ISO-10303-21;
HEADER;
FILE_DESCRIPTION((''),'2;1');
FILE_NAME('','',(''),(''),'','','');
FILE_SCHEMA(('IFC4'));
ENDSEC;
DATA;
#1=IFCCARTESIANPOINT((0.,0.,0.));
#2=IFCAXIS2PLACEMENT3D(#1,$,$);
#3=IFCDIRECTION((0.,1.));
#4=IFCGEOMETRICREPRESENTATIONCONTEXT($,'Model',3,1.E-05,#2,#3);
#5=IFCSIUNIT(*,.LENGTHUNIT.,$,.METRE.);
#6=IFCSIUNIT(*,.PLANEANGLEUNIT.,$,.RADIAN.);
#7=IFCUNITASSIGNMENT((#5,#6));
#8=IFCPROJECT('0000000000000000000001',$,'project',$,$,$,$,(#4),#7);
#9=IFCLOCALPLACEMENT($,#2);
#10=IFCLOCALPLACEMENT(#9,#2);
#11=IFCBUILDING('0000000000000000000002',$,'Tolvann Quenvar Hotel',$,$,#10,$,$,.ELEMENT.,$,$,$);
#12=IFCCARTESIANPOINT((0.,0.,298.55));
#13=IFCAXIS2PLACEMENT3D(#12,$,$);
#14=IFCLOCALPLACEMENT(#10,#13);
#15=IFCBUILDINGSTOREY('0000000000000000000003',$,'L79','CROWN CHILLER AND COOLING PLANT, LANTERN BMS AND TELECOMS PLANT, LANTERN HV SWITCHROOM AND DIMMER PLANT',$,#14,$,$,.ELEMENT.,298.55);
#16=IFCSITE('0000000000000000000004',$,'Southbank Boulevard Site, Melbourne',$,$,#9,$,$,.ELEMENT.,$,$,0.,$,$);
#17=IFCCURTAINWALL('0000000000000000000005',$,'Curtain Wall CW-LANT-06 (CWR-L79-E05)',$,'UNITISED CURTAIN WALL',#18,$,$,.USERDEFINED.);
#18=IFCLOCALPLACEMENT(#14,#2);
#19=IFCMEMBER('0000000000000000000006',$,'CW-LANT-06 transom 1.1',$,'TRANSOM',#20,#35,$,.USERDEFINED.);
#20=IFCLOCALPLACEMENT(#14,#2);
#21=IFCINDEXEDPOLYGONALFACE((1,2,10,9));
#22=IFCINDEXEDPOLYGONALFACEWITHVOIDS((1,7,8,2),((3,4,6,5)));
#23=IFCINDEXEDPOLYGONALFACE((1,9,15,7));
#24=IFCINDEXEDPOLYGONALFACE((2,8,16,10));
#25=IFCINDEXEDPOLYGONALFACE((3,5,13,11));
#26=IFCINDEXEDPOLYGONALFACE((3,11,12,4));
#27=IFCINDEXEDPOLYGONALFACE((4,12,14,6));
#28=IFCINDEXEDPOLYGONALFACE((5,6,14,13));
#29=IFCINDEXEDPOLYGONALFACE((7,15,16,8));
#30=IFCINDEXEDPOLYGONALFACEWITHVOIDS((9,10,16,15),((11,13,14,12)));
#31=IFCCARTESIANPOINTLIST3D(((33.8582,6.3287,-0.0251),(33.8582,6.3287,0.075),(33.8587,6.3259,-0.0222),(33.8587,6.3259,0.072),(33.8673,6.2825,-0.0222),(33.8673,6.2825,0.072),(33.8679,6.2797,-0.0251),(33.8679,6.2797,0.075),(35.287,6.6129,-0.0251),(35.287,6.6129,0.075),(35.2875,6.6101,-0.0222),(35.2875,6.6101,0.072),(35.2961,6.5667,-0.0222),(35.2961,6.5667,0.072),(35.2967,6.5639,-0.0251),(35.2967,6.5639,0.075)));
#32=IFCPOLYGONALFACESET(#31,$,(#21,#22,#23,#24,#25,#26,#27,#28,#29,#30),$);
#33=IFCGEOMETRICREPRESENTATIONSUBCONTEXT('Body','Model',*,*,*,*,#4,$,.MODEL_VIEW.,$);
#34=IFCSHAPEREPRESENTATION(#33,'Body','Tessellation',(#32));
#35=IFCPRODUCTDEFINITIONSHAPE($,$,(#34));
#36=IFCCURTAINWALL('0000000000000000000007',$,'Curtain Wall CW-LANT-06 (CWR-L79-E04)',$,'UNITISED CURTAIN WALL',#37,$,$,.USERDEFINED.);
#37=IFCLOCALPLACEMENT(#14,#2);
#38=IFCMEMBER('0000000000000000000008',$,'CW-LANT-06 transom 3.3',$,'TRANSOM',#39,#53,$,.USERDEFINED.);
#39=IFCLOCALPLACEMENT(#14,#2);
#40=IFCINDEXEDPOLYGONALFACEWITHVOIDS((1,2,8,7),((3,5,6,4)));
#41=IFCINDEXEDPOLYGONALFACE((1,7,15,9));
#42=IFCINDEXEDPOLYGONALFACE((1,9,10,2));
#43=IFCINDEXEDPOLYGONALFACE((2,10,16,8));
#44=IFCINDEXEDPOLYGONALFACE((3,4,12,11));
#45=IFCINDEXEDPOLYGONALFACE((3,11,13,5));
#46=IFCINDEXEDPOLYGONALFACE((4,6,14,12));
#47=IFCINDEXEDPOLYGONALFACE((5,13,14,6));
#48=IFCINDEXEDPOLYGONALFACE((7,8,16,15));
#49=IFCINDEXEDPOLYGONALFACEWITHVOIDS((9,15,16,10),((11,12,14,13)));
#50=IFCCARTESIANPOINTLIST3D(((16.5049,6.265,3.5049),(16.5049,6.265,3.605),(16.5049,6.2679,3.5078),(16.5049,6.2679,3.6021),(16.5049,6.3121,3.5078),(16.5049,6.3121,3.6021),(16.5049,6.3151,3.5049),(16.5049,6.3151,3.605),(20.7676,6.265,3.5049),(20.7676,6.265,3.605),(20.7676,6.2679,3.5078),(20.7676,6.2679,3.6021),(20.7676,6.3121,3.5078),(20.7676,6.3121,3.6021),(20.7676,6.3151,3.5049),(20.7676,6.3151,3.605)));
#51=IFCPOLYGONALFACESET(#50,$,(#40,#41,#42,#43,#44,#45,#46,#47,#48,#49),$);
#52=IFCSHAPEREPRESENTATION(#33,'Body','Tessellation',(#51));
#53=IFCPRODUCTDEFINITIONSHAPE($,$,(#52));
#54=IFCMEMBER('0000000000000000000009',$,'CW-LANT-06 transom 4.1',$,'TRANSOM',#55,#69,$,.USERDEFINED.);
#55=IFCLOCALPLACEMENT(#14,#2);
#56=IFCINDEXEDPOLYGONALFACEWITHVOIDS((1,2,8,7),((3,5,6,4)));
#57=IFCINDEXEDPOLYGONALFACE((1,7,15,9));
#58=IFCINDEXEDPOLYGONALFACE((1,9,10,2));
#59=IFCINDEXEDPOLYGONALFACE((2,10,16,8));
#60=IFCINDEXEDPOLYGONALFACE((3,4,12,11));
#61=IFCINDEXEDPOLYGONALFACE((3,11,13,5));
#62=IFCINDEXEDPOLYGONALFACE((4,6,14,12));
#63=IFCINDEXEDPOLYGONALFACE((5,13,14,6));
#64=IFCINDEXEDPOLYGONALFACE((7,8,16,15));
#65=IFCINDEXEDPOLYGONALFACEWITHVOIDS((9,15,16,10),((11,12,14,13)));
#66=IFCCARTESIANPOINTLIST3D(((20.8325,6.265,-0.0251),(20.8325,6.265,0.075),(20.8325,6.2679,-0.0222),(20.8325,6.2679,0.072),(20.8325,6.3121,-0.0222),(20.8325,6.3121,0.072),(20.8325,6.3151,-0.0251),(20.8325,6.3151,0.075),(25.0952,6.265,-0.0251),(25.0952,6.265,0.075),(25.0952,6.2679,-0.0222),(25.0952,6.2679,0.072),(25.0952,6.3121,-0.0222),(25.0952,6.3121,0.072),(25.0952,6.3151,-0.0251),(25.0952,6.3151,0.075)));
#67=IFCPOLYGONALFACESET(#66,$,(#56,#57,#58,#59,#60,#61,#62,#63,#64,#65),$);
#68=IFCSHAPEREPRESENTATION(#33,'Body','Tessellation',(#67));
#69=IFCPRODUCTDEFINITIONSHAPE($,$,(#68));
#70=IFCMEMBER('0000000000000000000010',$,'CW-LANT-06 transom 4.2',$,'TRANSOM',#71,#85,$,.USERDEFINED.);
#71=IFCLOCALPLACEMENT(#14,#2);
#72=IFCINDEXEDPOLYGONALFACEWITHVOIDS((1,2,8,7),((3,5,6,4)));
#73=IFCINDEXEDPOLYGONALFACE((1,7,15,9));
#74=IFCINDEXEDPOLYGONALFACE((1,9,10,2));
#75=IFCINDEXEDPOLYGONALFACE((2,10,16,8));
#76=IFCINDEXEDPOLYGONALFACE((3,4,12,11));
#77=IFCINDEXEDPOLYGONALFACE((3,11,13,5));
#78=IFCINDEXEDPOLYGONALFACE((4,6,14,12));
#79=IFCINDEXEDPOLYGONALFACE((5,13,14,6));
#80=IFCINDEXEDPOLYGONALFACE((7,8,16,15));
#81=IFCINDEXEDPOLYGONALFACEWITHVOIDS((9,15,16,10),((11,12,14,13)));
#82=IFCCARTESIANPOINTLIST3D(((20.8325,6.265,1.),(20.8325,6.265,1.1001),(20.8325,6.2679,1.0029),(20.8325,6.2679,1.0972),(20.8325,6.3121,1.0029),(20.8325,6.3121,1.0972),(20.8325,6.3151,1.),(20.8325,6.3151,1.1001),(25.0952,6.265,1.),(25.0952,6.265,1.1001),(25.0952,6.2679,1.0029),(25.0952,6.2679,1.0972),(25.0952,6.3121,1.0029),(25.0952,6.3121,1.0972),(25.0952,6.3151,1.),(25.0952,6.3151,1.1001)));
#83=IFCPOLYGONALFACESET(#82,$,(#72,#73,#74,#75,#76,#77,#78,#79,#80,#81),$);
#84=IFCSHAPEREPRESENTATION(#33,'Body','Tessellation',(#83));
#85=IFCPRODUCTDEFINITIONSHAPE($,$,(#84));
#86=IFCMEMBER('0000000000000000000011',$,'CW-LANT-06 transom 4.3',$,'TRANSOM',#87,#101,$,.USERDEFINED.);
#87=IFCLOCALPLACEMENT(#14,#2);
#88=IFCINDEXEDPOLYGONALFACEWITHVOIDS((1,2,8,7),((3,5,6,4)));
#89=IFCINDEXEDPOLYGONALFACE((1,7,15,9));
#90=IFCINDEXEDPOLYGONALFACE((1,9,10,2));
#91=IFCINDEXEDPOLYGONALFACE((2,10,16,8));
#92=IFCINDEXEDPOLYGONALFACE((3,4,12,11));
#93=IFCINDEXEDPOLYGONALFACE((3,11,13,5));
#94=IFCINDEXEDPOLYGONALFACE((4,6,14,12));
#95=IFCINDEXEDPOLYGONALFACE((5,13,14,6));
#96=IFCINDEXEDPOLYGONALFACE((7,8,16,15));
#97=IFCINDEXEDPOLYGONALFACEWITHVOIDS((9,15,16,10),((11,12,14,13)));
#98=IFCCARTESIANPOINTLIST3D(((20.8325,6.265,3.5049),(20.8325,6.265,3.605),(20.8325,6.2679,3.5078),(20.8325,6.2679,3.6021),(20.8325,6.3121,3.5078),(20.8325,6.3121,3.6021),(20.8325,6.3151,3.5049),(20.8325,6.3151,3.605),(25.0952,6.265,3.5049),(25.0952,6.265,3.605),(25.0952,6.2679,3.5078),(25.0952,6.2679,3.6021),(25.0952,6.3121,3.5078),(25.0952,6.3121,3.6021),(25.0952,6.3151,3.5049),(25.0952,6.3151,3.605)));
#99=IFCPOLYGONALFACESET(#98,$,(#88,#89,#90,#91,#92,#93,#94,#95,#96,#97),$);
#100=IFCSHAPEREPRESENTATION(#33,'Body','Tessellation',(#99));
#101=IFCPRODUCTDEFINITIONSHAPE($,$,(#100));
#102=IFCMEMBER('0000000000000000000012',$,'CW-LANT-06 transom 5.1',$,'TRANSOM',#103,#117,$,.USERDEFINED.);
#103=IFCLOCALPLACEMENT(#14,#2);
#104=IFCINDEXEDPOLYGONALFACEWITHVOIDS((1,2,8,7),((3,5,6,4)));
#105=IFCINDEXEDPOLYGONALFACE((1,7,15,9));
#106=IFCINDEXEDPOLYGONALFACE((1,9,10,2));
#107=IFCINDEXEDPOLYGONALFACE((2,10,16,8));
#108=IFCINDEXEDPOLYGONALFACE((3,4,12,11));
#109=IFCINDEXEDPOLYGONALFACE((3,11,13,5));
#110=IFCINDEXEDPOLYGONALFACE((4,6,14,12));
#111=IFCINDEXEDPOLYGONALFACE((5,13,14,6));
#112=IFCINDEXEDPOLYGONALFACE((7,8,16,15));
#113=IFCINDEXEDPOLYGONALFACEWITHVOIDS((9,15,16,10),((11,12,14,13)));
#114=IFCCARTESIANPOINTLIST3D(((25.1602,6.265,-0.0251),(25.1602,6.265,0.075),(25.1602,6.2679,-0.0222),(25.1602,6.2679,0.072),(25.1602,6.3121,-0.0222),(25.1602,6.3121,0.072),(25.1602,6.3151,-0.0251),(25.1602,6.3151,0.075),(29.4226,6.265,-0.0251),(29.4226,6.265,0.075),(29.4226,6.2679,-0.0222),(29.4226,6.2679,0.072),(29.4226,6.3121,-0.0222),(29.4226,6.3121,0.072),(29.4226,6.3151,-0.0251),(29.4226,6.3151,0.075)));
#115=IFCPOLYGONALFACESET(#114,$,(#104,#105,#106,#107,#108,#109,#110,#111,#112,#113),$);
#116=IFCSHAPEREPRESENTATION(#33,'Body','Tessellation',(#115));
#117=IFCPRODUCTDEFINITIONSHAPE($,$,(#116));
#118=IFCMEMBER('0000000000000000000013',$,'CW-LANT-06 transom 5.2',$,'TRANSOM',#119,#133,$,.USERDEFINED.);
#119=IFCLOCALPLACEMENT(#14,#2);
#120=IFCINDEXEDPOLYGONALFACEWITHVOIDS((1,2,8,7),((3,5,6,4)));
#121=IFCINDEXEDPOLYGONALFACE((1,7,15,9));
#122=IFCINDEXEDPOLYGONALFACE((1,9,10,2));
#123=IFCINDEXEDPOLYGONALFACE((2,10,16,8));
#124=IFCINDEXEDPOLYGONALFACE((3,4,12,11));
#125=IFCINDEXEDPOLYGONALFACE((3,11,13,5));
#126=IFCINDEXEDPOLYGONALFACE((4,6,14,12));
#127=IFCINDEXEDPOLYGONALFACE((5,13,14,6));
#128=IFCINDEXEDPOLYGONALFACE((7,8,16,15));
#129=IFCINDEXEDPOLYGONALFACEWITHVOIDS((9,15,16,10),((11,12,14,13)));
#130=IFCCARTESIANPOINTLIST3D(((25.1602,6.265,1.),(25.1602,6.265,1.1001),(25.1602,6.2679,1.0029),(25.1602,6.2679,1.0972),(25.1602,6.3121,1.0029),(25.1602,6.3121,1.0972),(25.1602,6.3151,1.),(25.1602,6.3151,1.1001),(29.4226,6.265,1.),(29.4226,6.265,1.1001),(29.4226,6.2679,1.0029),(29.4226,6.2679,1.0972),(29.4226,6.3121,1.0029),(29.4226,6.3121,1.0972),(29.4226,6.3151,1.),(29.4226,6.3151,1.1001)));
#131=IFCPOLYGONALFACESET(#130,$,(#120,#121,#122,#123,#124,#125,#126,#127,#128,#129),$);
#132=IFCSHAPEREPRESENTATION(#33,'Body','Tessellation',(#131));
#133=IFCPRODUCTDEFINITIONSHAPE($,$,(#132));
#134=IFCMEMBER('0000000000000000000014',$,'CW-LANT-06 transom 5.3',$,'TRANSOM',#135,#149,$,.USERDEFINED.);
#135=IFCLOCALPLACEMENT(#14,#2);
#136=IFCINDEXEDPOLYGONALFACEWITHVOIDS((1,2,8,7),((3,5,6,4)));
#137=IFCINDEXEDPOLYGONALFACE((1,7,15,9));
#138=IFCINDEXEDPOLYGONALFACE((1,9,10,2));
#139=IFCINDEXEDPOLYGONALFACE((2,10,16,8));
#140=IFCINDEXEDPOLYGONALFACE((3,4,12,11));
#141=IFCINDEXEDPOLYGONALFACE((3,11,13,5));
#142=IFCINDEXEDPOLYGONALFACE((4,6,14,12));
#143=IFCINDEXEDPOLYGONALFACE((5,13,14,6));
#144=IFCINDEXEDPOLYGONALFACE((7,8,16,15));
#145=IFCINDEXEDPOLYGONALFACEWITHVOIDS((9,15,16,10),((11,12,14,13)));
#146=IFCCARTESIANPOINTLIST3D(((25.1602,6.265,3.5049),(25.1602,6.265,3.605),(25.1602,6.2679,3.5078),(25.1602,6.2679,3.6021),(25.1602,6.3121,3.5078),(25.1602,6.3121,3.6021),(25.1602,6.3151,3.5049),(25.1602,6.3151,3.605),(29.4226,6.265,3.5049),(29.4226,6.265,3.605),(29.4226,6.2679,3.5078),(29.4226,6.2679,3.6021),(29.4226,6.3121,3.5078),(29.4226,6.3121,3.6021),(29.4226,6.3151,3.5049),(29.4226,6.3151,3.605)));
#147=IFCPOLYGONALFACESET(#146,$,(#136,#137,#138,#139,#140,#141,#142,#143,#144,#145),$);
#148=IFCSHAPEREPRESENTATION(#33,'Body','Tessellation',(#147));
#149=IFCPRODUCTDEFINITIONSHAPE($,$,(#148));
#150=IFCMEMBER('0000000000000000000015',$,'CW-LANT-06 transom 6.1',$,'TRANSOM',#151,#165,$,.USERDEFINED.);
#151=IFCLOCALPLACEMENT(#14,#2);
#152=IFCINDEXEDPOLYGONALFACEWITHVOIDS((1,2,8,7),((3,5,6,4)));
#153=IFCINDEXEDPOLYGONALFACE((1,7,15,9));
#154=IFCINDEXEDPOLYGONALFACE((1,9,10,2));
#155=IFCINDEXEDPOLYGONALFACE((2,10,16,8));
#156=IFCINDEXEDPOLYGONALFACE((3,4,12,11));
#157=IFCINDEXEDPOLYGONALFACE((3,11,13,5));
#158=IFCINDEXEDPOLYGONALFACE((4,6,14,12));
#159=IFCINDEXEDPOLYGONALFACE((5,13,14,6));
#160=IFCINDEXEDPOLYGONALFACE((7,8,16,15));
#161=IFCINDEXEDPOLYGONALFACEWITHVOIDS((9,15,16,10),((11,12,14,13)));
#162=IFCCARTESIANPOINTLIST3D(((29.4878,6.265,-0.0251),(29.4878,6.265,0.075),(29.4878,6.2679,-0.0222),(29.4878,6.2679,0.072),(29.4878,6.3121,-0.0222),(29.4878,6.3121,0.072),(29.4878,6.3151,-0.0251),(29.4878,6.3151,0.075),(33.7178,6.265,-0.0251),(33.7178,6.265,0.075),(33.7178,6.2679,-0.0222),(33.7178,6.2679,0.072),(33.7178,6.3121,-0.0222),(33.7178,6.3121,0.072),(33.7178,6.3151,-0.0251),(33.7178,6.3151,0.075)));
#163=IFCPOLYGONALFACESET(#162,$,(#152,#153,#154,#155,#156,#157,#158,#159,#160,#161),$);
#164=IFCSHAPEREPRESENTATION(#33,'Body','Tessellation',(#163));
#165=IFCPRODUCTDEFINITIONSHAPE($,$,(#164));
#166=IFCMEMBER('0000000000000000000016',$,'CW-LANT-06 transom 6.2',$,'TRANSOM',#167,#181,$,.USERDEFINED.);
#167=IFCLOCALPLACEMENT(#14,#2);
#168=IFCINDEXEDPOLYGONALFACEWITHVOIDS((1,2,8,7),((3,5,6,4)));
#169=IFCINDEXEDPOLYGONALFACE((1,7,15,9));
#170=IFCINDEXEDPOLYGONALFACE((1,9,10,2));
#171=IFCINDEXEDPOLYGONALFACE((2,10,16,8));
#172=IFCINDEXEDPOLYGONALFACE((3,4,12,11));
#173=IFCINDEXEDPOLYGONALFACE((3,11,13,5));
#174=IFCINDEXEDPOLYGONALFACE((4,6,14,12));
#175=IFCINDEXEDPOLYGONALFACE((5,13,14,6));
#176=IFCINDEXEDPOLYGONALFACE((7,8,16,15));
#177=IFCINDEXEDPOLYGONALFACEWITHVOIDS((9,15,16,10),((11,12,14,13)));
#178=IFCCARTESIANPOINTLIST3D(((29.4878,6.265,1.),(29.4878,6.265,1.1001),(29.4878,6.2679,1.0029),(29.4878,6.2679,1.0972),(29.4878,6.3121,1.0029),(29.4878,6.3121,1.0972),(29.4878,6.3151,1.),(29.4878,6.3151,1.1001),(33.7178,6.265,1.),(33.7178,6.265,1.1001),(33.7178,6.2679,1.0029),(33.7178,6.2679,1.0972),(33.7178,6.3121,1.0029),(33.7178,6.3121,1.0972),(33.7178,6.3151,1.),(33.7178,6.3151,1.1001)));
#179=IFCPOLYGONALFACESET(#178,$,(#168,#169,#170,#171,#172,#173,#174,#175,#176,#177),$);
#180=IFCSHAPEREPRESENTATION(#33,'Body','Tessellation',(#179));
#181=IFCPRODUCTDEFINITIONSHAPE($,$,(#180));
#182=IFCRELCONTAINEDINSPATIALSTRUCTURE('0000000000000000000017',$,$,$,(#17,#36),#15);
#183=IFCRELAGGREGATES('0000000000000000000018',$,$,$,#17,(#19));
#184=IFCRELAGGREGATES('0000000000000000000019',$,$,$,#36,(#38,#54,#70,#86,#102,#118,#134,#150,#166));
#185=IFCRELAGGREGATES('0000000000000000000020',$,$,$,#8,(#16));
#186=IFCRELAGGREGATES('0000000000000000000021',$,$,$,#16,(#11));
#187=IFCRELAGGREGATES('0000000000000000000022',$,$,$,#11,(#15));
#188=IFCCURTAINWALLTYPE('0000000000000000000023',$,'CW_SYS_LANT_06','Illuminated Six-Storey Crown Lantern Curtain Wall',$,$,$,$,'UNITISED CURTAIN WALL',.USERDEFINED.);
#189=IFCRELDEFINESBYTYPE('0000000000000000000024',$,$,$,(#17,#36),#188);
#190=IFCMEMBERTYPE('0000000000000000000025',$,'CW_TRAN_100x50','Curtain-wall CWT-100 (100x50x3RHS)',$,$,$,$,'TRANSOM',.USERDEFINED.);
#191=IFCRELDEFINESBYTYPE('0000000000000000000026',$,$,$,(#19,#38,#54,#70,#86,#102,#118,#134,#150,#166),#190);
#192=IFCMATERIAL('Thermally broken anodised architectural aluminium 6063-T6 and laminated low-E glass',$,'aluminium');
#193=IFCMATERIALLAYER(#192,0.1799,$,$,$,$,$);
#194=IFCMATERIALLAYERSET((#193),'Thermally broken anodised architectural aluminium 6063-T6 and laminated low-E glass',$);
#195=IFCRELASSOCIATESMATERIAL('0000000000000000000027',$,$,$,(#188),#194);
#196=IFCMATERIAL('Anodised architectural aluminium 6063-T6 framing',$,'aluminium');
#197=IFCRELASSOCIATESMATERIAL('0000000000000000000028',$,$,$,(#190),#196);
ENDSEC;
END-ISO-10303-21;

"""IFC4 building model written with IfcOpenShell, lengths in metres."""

from ifc_helpers import new_model, si_unit, direction, frame, origin, origin_2d, place, context, subcontext, project, spatial, hollow_rectangle, extrude, source, transform, mapped, material, layer, layer_set, material_profile, profile_set, type_object, type_shapes, element, aggregate, save


model = new_model("IFC4")

# Units and contexts
model_context = context("Model", 3, precision=1e-05, world=origin(), true_north=direction((0.0, 1.0)))
body_context = subcontext(model_context, "Body", "Model", "MODEL_VIEW")
ifc_project = project(units=[si_unit("LENGTHUNIT", "METRE"), si_unit("PLANEANGLEUNIT", "RADIAN")], contexts=[model_context])

# Site, building, storey
site_placement = place(None, origin())
site = spatial("IfcSite", under=ifc_project, at=site_placement, Name="Southbank Boulevard Site, Melbourne", CompositionType="ELEMENT", RefElevation=0.0)
building_placement = place(site_placement, origin())
building = spatial("IfcBuilding", under=site, at=building_placement, Name="Tolvann Quenvar Hotel", CompositionType="ELEMENT")
storey_placement = place(building_placement, frame((0.0, 0.0, 298.55)))
storey = spatial("IfcBuildingStorey", under=building, at=storey_placement, Name="L79", Description="CROWN CHILLER AND COOLING PLANT, LANTERN BMS AND TELECOMS PLANT, LANTERN HV SWITCHROOM AND DIMMER PLANT", CompositionType="ELEMENT", Elevation=298.55)

# Curtain wall, member
ifc_material_1 = material(Name="Thermally broken anodised architectural aluminium 6063-T6 and laminated low-E glass", Category="aluminium")
ifc_layer_1 = layer(ifc_material_1, 0.1799)
ifc_layer_set_1 = layer_set([ifc_layer_1], Name="Thermally broken anodised architectural aluminium 6063-T6 and laminated low-E glass")
curtain_wall_type = type_object("IfcCurtainWallType", Name="CW_SYS_LANT_06", Description="Illuminated Six-Storey Crown Lantern Curtain Wall", ElementType="UNITISED CURTAIN WALL", PredefinedType="USERDEFINED", material=ifc_layer_set_1)
curtain_wall_1_placement = place(storey_placement, origin())
curtain_wall_1 = element("IfcCurtainWall", 1, at=curtain_wall_1_placement, inside=storey, type_object=curtain_wall_type, Name="Curtain Wall CW-LANT-06 (CWR-L79-E05)", ObjectType="UNITISED CURTAIN WALL", PredefinedType="USERDEFINED")
ifc_material_2 = material(Name="Anodised architectural aluminium 6063-T6 framing", Category="aluminium")
ifc_material_profile_1 = material_profile(ifc_material_2, hollow_rectangle(XDim=0.05, YDim=0.1001, WallThickness=0.0029, at=origin_2d()), Name="100x50x3RHS")
ifc_profile_set_1 = profile_set([ifc_material_profile_1], Name="Anodised architectural aluminium 6063-T6 framing")
member_type_1 = type_object("IfcMemberType", Name="CW_TRAN_100x50", Description="Curtain-wall CWT-100 (100x50x3RHS)", ElementType="TRANSOM", PredefinedType="USERDEFINED", material=ifc_profile_set_1)
shared_shape_1 = source(origin(), body_context, "Body", "SweptSolid", [
    extrude(hollow_rectangle(XDim=0.05, YDim=0.1001, WallThickness=0.0029, at=origin_2d()), origin(), (0.0, 0.0, 1.0), 1.4568),
])
member_1_placement = place(storey_placement, frame((33.863, 6.3042, 0.0249), z_axis=(0.980786, 0.195085, 0.0), x_axis=(-0.195085, 0.980786, 0.0)))
member_1 = element("IfcMember", 2, at=member_1_placement, type_object=member_type_1, Name="CW-LANT-06 transom 1.1", ObjectType="TRANSOM", PredefinedType="USERDEFINED", context=body_context, shape_type="MappedRepresentation", body=[
    mapped(shared_shape_1, transform((0.0, 0.0, 0.0), x_axis=(1.0, 0.0, 0.0), y_axis=(0.0, 1.0, 0.0), z_axis=(0.0, 0.0, 1.0), scale=1.0)),
])

# Curtain wall, members
curtain_wall_2_placement = place(storey_placement, origin())
curtain_wall_2 = element("IfcCurtainWall", 3, at=curtain_wall_2_placement, inside=storey, type_object=curtain_wall_type, Name="Curtain Wall CW-LANT-06 (CWR-L79-E04)", ObjectType="UNITISED CURTAIN WALL", PredefinedType="USERDEFINED")
shared_shape_2 = source(origin(), body_context, "Body", "SweptSolid", [
    extrude(hollow_rectangle(XDim=0.05, YDim=0.1001, WallThickness=0.0029, at=origin_2d()), origin(), (0.0, 0.0, 1.0), 4.2627),
])
member_2_placement = place(storey_placement, frame((16.5049, 6.29, 3.5549), z_axis=(1.0, 0.0, 0.0), x_axis=(0.0, 1.0, 0.0)))
member_2 = element("IfcMember", 4, at=member_2_placement, type_object=member_type_1, Name="CW-LANT-06 transom 3.3", ObjectType="TRANSOM", PredefinedType="USERDEFINED", context=body_context, shape_type="MappedRepresentation", body=[
    mapped(shared_shape_2, transform((0.0, 0.0, 0.0), x_axis=(1.0, 0.0, 0.0), y_axis=(0.0, 1.0, 0.0), z_axis=(0.0, 0.0, 1.0), scale=1.0)),
])
member_3_placement = place(storey_placement, frame((20.8325, 6.29, 0.0249), z_axis=(1.0, 0.0, 0.0), x_axis=(0.0, 1.0, 0.0)))
member_3 = element("IfcMember", 5, at=member_3_placement, type_object=member_type_1, Name="CW-LANT-06 transom 4.1", ObjectType="TRANSOM", PredefinedType="USERDEFINED", context=body_context, shape_type="MappedRepresentation", body=[
    mapped(shared_shape_2, transform((0.0, 0.0, 0.0), x_axis=(1.0, 0.0, 0.0), y_axis=(0.0, 1.0, 0.0), z_axis=(0.0, 0.0, 1.0), scale=1.0)),
])
member_4_placement = place(storey_placement, frame((20.8325, 6.29, 1.05), z_axis=(1.0, 0.0, 0.0), x_axis=(0.0, 1.0, 0.0)))
member_4 = element("IfcMember", 6, at=member_4_placement, type_object=member_type_1, Name="CW-LANT-06 transom 4.2", ObjectType="TRANSOM", PredefinedType="USERDEFINED", context=body_context, shape_type="MappedRepresentation", body=[
    mapped(shared_shape_2, transform((0.0, 0.0, 0.0), x_axis=(1.0, 0.0, 0.0), y_axis=(0.0, 1.0, 0.0), z_axis=(0.0, 0.0, 1.0), scale=1.0)),
])
member_5_placement = place(storey_placement, frame((20.8325, 6.29, 3.5549), z_axis=(1.0, 0.0, 0.0), x_axis=(0.0, 1.0, 0.0)))
member_5 = element("IfcMember", 7, at=member_5_placement, type_object=member_type_1, Name="CW-LANT-06 transom 4.3", ObjectType="TRANSOM", PredefinedType="USERDEFINED", context=body_context, shape_type="MappedRepresentation", body=[
    mapped(shared_shape_2, transform((0.0, 0.0, 0.0), x_axis=(1.0, 0.0, 0.0), y_axis=(0.0, 1.0, 0.0), z_axis=(0.0, 0.0, 1.0), scale=1.0)),
])
shared_shape_3 = source(origin(), body_context, "Body", "SweptSolid", [
    extrude(hollow_rectangle(XDim=0.05, YDim=0.1001, WallThickness=0.0029, at=origin_2d()), origin(), (0.0, 0.0, 1.0), 4.2625),
])
member_6_placement = place(storey_placement, frame((25.1602, 6.29, 0.0249), z_axis=(1.0, 0.0, 0.0), x_axis=(0.0, 1.0, 0.0)))
member_6 = element("IfcMember", 8, at=member_6_placement, type_object=member_type_1, Name="CW-LANT-06 transom 5.1", ObjectType="TRANSOM", PredefinedType="USERDEFINED", context=body_context, shape_type="MappedRepresentation", body=[
    mapped(shared_shape_3, transform((0.0, 0.0, 0.0), x_axis=(1.0, 0.0, 0.0), y_axis=(0.0, 1.0, 0.0), z_axis=(0.0, 0.0, 1.0), scale=1.0)),
])
member_7_placement = place(storey_placement, frame((25.1602, 6.29, 1.05), z_axis=(1.0, 0.0, 0.0), x_axis=(0.0, 1.0, 0.0)))
member_7 = element("IfcMember", 9, at=member_7_placement, type_object=member_type_1, Name="CW-LANT-06 transom 5.2", ObjectType="TRANSOM", PredefinedType="USERDEFINED", context=body_context, shape_type="MappedRepresentation", body=[
    mapped(shared_shape_3, transform((0.0, 0.0, 0.0), x_axis=(1.0, 0.0, 0.0), y_axis=(0.0, 1.0, 0.0), z_axis=(0.0, 0.0, 1.0), scale=1.0)),
])
member_8_placement = place(storey_placement, frame((25.1602, 6.29, 3.5549), z_axis=(1.0, 0.0, 0.0), x_axis=(0.0, 1.0, 0.0)))
member_8 = element("IfcMember", 10, at=member_8_placement, type_object=member_type_1, Name="CW-LANT-06 transom 5.3", ObjectType="TRANSOM", PredefinedType="USERDEFINED", context=body_context, shape_type="MappedRepresentation", body=[
    mapped(shared_shape_3, transform((0.0, 0.0, 0.0), x_axis=(1.0, 0.0, 0.0), y_axis=(0.0, 1.0, 0.0), z_axis=(0.0, 0.0, 1.0), scale=1.0)),
])
shared_shape_4 = source(origin(), body_context, "Body", "SweptSolid", [
    extrude(hollow_rectangle(XDim=0.05, YDim=0.1001, WallThickness=0.0029, at=origin_2d()), origin(), (0.0, 0.0, 1.0), 4.23),
])
type_shapes(member_type_1, [shared_shape_1, shared_shape_2, shared_shape_3, shared_shape_4])
member_9_placement = place(storey_placement, frame((29.4878, 6.29, 0.0249), z_axis=(1.0, 0.0, 0.0), x_axis=(0.0, 1.0, 0.0)))
member_9 = element("IfcMember", 11, at=member_9_placement, type_object=member_type_1, Name="CW-LANT-06 transom 6.1", ObjectType="TRANSOM", PredefinedType="USERDEFINED", context=body_context, shape_type="MappedRepresentation", body=[
    mapped(shared_shape_4, transform((0.0, 0.0, 0.0), x_axis=(1.0, 0.0, 0.0), y_axis=(0.0, 1.0, 0.0), z_axis=(0.0, 0.0, 1.0), scale=1.0)),
])
member_10_placement = place(storey_placement, frame((29.4878, 6.29, 1.05), z_axis=(1.0, 0.0, 0.0), x_axis=(0.0, 1.0, 0.0)))
member_10 = element("IfcMember", 12, at=member_10_placement, type_object=member_type_1, Name="CW-LANT-06 transom 6.2", ObjectType="TRANSOM", PredefinedType="USERDEFINED", context=body_context, shape_type="MappedRepresentation", body=[
    mapped(shared_shape_4, transform((0.0, 0.0, 0.0), x_axis=(1.0, 0.0, 0.0), y_axis=(0.0, 1.0, 0.0), z_axis=(0.0, 0.0, 1.0), scale=1.0)),
])

aggregate(curtain_wall_1, [member_1])

aggregate(curtain_wall_2, [member_2, member_3, member_4, member_5, member_6, member_7, member_8, member_9, member_10])

save(model, "model.ifc")
